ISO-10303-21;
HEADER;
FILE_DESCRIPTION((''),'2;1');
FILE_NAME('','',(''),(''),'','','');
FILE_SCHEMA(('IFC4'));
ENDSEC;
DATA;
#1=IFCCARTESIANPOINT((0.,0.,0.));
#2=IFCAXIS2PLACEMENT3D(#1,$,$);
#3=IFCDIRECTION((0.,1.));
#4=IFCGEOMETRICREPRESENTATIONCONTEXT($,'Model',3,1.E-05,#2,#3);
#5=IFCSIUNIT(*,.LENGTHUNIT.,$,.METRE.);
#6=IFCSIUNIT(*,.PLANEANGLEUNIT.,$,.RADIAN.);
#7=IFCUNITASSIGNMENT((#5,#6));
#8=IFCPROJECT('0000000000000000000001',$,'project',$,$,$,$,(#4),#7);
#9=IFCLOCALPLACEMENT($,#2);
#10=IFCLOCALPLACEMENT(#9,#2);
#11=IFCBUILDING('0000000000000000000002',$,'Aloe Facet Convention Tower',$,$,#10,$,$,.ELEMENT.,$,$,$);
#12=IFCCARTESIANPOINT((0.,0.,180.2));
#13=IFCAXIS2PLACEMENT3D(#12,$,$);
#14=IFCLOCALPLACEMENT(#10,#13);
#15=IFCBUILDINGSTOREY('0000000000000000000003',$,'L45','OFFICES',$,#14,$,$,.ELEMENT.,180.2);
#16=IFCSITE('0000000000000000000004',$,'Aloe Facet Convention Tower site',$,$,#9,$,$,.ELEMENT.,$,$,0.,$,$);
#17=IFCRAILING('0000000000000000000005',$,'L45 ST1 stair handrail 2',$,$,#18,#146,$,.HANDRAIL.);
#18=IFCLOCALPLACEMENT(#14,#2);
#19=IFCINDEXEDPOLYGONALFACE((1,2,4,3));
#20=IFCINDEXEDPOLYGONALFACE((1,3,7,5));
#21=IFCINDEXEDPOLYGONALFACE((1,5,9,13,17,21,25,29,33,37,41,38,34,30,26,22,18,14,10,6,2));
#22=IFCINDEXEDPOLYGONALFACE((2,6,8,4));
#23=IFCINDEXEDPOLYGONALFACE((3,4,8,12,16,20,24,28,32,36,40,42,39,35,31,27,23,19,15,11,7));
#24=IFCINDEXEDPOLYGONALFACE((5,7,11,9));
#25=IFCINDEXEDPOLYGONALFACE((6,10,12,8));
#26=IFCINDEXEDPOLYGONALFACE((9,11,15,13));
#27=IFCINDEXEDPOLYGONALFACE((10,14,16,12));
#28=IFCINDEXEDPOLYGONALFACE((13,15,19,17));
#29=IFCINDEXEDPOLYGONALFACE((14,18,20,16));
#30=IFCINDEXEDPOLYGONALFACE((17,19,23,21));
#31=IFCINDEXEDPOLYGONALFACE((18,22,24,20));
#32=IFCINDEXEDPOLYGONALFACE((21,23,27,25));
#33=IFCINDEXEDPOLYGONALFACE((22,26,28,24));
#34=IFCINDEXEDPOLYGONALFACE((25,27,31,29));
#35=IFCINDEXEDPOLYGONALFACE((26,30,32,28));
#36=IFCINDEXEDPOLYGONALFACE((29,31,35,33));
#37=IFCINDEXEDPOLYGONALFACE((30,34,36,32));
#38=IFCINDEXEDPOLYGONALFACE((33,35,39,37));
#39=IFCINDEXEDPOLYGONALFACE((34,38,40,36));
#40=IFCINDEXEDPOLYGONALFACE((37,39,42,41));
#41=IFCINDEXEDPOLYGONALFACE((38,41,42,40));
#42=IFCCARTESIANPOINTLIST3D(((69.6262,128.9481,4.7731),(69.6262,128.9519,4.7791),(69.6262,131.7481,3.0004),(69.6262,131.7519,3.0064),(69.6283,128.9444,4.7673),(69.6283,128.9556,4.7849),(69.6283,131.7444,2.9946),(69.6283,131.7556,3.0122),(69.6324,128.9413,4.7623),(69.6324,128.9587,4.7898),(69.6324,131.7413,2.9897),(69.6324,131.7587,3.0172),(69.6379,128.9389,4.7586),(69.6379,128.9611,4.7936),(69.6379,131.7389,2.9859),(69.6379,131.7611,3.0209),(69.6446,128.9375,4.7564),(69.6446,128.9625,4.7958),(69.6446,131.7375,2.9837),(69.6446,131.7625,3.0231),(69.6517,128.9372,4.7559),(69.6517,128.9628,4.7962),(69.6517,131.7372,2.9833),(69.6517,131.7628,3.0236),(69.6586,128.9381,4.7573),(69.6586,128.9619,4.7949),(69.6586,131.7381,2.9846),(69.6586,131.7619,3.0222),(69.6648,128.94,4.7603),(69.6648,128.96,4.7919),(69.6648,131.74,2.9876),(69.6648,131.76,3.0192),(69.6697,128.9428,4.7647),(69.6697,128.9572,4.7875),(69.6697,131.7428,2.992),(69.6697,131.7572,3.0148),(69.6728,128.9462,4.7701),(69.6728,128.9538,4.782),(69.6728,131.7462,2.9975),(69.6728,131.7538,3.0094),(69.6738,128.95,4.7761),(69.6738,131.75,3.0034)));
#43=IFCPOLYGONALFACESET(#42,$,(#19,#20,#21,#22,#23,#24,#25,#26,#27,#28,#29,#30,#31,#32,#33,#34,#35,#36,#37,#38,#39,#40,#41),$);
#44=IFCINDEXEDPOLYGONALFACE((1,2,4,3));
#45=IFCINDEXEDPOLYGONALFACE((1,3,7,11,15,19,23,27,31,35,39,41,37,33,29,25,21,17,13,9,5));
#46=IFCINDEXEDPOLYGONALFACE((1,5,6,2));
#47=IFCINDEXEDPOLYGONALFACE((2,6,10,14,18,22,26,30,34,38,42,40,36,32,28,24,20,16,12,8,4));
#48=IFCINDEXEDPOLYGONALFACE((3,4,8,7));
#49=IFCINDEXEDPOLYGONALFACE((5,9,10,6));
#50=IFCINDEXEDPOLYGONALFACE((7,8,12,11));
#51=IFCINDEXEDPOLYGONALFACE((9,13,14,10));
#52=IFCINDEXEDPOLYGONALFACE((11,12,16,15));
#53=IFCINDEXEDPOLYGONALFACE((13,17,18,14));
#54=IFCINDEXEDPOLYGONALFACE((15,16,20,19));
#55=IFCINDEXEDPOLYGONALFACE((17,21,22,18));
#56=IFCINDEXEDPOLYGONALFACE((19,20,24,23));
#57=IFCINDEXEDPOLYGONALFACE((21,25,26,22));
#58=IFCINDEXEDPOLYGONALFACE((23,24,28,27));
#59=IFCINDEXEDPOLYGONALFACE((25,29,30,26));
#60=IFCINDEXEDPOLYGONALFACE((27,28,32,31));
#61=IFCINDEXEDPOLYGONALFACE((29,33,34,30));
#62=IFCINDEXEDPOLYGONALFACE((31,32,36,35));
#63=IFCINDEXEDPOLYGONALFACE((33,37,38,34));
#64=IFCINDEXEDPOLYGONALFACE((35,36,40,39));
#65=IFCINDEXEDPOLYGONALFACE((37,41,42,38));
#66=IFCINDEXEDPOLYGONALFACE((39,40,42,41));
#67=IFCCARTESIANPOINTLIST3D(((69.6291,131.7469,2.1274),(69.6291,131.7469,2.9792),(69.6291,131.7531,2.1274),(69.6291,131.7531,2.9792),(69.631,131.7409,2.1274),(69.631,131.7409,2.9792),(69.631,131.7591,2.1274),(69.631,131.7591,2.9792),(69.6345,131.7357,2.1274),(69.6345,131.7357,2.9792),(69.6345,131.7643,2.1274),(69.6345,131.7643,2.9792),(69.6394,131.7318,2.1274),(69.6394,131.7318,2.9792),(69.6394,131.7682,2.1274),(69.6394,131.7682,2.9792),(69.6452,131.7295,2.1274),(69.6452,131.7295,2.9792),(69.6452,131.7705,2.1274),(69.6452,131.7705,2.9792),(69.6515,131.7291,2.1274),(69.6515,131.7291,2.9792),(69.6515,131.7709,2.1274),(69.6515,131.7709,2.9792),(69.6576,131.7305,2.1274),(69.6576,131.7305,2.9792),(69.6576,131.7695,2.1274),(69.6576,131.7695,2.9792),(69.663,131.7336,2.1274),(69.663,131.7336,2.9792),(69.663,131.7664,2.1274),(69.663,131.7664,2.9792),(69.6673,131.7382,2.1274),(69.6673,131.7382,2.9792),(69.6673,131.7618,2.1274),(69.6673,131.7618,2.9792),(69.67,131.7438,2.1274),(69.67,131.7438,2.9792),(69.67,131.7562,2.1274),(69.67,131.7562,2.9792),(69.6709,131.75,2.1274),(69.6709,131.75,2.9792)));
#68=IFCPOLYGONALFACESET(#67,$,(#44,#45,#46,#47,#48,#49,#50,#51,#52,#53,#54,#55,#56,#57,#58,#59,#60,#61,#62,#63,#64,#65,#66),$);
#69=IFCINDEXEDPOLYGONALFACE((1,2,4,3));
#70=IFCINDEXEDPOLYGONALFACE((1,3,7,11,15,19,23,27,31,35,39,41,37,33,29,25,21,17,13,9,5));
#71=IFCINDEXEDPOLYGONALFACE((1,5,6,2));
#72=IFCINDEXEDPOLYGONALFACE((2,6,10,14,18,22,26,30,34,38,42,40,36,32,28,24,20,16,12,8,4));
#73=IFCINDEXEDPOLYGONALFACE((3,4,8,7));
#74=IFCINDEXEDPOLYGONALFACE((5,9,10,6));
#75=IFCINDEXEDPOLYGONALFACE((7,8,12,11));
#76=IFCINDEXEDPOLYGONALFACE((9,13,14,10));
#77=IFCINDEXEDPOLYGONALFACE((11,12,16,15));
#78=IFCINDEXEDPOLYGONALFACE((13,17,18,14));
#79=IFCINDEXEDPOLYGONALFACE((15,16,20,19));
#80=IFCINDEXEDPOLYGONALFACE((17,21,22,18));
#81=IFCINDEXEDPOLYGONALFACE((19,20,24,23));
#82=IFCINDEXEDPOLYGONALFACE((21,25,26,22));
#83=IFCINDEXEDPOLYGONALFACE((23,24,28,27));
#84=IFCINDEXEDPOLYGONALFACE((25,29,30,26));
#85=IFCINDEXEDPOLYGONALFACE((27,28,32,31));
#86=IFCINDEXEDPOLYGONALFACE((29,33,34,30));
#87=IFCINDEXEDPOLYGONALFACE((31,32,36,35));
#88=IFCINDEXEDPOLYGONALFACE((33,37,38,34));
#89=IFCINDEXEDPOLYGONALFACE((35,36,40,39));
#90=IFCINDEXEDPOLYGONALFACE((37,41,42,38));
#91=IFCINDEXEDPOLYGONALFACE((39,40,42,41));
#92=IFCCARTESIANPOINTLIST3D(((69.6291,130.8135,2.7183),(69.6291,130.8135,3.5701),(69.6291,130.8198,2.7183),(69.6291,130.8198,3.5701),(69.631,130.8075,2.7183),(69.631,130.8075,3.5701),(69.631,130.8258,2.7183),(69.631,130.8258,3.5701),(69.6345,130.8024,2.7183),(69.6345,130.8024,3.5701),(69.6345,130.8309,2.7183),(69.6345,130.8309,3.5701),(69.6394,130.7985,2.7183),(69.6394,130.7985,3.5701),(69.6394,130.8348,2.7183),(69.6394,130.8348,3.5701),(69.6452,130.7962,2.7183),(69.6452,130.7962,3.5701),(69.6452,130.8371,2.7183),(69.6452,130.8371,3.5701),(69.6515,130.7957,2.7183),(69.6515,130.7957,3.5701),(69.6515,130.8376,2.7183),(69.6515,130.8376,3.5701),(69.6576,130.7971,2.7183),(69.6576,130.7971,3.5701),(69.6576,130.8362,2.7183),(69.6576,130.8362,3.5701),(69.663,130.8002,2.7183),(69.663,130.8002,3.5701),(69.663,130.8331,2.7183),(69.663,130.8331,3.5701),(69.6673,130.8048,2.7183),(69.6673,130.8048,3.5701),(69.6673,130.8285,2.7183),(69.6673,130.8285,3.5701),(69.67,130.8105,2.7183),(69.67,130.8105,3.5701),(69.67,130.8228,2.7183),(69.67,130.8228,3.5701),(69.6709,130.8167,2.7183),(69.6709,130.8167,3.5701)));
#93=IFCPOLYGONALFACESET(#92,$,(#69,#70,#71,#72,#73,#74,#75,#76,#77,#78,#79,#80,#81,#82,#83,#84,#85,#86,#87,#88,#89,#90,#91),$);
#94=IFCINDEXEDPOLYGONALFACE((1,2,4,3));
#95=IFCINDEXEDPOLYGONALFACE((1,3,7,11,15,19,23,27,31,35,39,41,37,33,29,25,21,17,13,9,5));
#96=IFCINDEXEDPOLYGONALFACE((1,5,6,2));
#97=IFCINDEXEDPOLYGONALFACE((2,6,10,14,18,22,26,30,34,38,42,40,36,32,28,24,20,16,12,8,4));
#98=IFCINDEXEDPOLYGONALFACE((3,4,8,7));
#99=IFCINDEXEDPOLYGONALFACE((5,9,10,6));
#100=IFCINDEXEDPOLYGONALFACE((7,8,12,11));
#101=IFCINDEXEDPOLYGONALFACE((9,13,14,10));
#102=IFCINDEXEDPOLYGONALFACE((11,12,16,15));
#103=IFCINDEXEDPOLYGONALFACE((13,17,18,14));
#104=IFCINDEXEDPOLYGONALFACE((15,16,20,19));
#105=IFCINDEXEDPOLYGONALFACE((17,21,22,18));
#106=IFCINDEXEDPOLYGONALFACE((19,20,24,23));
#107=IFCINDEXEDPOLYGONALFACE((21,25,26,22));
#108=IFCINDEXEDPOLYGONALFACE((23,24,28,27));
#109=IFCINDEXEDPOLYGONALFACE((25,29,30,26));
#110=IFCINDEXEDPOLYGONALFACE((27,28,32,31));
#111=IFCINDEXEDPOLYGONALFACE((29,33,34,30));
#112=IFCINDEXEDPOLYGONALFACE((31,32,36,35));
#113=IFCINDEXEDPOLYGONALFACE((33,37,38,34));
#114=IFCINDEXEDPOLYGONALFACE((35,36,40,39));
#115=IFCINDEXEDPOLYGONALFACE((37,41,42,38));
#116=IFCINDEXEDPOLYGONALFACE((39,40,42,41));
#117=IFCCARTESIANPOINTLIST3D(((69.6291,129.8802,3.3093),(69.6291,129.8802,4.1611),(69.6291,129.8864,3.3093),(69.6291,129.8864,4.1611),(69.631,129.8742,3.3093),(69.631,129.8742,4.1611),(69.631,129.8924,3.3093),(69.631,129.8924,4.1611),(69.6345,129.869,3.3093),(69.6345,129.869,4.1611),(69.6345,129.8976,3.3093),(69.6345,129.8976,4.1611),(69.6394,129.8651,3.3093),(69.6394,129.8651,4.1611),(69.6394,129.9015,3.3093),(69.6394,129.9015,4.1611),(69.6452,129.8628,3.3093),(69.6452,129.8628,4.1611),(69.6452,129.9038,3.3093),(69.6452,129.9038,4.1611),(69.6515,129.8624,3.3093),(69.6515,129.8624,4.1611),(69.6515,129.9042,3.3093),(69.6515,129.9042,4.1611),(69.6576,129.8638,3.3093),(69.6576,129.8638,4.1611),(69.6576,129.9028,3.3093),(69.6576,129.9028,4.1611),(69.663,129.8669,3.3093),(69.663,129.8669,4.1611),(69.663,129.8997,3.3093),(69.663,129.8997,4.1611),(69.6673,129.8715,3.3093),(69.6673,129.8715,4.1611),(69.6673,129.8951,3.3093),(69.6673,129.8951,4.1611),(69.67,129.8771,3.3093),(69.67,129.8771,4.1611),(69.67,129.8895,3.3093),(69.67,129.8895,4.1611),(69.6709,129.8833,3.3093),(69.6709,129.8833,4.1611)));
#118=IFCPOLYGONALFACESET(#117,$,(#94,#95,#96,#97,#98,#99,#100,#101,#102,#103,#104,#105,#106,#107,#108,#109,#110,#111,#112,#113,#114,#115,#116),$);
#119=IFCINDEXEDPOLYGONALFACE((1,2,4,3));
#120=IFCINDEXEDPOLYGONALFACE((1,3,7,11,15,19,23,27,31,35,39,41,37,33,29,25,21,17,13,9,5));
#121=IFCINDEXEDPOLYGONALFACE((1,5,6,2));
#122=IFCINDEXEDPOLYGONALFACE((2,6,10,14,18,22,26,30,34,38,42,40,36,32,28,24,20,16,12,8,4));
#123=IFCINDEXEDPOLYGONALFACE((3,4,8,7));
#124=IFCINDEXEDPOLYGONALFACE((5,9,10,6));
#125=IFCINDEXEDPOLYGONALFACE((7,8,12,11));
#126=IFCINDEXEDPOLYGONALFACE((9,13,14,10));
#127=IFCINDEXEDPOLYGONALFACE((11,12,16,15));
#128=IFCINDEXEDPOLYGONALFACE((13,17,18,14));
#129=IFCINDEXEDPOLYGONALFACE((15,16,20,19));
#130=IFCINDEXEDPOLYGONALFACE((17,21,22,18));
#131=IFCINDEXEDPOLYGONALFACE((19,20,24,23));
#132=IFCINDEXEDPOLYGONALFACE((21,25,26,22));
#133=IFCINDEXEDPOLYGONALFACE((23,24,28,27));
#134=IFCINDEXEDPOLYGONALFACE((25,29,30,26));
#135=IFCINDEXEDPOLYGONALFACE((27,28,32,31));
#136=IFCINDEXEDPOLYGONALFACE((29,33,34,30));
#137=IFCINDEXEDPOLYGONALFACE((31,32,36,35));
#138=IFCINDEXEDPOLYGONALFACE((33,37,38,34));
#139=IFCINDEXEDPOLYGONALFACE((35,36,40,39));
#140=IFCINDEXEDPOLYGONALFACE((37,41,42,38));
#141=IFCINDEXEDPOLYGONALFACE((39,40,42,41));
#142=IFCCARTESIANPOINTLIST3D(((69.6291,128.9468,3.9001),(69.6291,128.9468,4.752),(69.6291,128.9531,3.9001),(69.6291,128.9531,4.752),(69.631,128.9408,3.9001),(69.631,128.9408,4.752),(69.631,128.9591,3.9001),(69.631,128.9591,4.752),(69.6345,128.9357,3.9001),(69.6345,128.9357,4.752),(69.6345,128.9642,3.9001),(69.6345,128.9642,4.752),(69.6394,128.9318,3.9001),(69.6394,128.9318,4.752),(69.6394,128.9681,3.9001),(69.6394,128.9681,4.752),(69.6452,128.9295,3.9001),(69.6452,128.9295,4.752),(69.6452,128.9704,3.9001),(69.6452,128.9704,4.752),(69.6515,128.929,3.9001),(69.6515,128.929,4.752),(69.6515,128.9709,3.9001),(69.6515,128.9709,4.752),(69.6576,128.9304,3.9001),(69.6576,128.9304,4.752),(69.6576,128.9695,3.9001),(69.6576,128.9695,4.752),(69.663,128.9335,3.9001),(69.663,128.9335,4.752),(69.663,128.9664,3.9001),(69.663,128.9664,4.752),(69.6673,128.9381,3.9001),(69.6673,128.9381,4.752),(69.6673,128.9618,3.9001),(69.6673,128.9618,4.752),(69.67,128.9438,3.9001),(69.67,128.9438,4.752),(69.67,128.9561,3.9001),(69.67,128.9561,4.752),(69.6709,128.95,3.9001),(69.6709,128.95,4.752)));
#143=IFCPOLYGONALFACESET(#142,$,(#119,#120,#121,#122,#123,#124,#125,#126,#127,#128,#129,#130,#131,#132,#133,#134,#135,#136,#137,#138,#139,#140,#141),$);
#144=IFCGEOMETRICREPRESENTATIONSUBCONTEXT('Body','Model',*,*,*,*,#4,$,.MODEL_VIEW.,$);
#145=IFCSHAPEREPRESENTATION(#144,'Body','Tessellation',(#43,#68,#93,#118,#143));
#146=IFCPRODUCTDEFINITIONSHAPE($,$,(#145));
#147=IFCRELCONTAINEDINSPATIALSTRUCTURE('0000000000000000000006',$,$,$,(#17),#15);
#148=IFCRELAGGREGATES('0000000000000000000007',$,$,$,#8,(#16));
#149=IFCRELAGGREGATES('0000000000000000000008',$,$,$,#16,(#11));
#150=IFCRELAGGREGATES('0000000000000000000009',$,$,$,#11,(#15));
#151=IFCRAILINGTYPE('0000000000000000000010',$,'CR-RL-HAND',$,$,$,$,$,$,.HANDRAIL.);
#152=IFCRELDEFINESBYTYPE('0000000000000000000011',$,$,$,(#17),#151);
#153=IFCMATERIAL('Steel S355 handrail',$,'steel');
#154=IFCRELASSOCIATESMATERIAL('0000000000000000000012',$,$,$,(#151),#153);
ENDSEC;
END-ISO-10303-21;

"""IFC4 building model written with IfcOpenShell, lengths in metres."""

from ifc_helpers import new_model, si_unit, direction, frame, origin, origin_2d, place, context, subcontext, project, spatial, circle, extrude, material, type_object, element, save


model = new_model("IFC4")

# Units and contexts
model_context = context("Model", 3, precision=1e-05, world=origin(), true_north=direction((0.0, 1.0)))
body_context = subcontext(model_context, "Body", "Model", "MODEL_VIEW")
ifc_project = project(units=[si_unit("LENGTHUNIT", "METRE"), si_unit("PLANEANGLEUNIT", "RADIAN")], contexts=[model_context])

# Site, building, storey
site_placement = place(None, origin())
site = spatial("IfcSite", under=ifc_project, at=site_placement, Name="Aloe Facet Convention Tower site", CompositionType="ELEMENT", RefElevation=0.0)
building_placement = place(site_placement, origin())
building = spatial("IfcBuilding", under=site, at=building_placement, Name="Aloe Facet Convention Tower", CompositionType="ELEMENT")
storey_placement = place(building_placement, frame((0.0, 0.0, 180.2)))
storey = spatial("IfcBuildingStorey", under=building, at=storey_placement, Name="L45", Description="OFFICES", CompositionType="ELEMENT", Elevation=180.2)

# Railing
ifc_material_1 = material(Name="Steel S355 handrail", Category="steel")
railing_type = type_object("IfcRailingType", Name="CR-RL-HAND", PredefinedType="HANDRAIL", material=ifc_material_1)
railing_placement = place(storey_placement, frame((69.6499, 131.75, 2.1274)))
element("IfcRailing", 1, at=railing_placement, inside=storey, type_object=railing_type, Name="L45 ST1 stair handrail 2", PredefinedType="HANDRAIL", context=body_context, shape_type="SweptSolid", body=[
    extrude(circle(Radius=0.0239, at=origin_2d()), frame((0.0, 0.0, 0.876), z_axis=(0.0, -0.844909, 0.53491), x_axis=(1.0, 0.0, 0.0)), (0.0, 0.0, 1.0), 3.314),
    extrude(circle(Radius=0.021, at=origin_2d()), origin(), (0.0, 0.0, 1.0), 0.8518),
    extrude(circle(Radius=0.021, at=origin_2d()), frame((0.0, -0.9333, 0.5908)), (0.0, 0.0, 1.0), 0.8518),
    extrude(circle(Radius=0.021, at=origin_2d()), frame((0.0, -1.8667, 1.1819)), (0.0, 0.0, 1.0), 0.8518),
    extrude(circle(Radius=0.021, at=origin_2d()), frame((0.0, -2.8, 1.7727)), (0.0, 0.0, 1.0), 0.8518),
])

save(model, "model.ifc")
